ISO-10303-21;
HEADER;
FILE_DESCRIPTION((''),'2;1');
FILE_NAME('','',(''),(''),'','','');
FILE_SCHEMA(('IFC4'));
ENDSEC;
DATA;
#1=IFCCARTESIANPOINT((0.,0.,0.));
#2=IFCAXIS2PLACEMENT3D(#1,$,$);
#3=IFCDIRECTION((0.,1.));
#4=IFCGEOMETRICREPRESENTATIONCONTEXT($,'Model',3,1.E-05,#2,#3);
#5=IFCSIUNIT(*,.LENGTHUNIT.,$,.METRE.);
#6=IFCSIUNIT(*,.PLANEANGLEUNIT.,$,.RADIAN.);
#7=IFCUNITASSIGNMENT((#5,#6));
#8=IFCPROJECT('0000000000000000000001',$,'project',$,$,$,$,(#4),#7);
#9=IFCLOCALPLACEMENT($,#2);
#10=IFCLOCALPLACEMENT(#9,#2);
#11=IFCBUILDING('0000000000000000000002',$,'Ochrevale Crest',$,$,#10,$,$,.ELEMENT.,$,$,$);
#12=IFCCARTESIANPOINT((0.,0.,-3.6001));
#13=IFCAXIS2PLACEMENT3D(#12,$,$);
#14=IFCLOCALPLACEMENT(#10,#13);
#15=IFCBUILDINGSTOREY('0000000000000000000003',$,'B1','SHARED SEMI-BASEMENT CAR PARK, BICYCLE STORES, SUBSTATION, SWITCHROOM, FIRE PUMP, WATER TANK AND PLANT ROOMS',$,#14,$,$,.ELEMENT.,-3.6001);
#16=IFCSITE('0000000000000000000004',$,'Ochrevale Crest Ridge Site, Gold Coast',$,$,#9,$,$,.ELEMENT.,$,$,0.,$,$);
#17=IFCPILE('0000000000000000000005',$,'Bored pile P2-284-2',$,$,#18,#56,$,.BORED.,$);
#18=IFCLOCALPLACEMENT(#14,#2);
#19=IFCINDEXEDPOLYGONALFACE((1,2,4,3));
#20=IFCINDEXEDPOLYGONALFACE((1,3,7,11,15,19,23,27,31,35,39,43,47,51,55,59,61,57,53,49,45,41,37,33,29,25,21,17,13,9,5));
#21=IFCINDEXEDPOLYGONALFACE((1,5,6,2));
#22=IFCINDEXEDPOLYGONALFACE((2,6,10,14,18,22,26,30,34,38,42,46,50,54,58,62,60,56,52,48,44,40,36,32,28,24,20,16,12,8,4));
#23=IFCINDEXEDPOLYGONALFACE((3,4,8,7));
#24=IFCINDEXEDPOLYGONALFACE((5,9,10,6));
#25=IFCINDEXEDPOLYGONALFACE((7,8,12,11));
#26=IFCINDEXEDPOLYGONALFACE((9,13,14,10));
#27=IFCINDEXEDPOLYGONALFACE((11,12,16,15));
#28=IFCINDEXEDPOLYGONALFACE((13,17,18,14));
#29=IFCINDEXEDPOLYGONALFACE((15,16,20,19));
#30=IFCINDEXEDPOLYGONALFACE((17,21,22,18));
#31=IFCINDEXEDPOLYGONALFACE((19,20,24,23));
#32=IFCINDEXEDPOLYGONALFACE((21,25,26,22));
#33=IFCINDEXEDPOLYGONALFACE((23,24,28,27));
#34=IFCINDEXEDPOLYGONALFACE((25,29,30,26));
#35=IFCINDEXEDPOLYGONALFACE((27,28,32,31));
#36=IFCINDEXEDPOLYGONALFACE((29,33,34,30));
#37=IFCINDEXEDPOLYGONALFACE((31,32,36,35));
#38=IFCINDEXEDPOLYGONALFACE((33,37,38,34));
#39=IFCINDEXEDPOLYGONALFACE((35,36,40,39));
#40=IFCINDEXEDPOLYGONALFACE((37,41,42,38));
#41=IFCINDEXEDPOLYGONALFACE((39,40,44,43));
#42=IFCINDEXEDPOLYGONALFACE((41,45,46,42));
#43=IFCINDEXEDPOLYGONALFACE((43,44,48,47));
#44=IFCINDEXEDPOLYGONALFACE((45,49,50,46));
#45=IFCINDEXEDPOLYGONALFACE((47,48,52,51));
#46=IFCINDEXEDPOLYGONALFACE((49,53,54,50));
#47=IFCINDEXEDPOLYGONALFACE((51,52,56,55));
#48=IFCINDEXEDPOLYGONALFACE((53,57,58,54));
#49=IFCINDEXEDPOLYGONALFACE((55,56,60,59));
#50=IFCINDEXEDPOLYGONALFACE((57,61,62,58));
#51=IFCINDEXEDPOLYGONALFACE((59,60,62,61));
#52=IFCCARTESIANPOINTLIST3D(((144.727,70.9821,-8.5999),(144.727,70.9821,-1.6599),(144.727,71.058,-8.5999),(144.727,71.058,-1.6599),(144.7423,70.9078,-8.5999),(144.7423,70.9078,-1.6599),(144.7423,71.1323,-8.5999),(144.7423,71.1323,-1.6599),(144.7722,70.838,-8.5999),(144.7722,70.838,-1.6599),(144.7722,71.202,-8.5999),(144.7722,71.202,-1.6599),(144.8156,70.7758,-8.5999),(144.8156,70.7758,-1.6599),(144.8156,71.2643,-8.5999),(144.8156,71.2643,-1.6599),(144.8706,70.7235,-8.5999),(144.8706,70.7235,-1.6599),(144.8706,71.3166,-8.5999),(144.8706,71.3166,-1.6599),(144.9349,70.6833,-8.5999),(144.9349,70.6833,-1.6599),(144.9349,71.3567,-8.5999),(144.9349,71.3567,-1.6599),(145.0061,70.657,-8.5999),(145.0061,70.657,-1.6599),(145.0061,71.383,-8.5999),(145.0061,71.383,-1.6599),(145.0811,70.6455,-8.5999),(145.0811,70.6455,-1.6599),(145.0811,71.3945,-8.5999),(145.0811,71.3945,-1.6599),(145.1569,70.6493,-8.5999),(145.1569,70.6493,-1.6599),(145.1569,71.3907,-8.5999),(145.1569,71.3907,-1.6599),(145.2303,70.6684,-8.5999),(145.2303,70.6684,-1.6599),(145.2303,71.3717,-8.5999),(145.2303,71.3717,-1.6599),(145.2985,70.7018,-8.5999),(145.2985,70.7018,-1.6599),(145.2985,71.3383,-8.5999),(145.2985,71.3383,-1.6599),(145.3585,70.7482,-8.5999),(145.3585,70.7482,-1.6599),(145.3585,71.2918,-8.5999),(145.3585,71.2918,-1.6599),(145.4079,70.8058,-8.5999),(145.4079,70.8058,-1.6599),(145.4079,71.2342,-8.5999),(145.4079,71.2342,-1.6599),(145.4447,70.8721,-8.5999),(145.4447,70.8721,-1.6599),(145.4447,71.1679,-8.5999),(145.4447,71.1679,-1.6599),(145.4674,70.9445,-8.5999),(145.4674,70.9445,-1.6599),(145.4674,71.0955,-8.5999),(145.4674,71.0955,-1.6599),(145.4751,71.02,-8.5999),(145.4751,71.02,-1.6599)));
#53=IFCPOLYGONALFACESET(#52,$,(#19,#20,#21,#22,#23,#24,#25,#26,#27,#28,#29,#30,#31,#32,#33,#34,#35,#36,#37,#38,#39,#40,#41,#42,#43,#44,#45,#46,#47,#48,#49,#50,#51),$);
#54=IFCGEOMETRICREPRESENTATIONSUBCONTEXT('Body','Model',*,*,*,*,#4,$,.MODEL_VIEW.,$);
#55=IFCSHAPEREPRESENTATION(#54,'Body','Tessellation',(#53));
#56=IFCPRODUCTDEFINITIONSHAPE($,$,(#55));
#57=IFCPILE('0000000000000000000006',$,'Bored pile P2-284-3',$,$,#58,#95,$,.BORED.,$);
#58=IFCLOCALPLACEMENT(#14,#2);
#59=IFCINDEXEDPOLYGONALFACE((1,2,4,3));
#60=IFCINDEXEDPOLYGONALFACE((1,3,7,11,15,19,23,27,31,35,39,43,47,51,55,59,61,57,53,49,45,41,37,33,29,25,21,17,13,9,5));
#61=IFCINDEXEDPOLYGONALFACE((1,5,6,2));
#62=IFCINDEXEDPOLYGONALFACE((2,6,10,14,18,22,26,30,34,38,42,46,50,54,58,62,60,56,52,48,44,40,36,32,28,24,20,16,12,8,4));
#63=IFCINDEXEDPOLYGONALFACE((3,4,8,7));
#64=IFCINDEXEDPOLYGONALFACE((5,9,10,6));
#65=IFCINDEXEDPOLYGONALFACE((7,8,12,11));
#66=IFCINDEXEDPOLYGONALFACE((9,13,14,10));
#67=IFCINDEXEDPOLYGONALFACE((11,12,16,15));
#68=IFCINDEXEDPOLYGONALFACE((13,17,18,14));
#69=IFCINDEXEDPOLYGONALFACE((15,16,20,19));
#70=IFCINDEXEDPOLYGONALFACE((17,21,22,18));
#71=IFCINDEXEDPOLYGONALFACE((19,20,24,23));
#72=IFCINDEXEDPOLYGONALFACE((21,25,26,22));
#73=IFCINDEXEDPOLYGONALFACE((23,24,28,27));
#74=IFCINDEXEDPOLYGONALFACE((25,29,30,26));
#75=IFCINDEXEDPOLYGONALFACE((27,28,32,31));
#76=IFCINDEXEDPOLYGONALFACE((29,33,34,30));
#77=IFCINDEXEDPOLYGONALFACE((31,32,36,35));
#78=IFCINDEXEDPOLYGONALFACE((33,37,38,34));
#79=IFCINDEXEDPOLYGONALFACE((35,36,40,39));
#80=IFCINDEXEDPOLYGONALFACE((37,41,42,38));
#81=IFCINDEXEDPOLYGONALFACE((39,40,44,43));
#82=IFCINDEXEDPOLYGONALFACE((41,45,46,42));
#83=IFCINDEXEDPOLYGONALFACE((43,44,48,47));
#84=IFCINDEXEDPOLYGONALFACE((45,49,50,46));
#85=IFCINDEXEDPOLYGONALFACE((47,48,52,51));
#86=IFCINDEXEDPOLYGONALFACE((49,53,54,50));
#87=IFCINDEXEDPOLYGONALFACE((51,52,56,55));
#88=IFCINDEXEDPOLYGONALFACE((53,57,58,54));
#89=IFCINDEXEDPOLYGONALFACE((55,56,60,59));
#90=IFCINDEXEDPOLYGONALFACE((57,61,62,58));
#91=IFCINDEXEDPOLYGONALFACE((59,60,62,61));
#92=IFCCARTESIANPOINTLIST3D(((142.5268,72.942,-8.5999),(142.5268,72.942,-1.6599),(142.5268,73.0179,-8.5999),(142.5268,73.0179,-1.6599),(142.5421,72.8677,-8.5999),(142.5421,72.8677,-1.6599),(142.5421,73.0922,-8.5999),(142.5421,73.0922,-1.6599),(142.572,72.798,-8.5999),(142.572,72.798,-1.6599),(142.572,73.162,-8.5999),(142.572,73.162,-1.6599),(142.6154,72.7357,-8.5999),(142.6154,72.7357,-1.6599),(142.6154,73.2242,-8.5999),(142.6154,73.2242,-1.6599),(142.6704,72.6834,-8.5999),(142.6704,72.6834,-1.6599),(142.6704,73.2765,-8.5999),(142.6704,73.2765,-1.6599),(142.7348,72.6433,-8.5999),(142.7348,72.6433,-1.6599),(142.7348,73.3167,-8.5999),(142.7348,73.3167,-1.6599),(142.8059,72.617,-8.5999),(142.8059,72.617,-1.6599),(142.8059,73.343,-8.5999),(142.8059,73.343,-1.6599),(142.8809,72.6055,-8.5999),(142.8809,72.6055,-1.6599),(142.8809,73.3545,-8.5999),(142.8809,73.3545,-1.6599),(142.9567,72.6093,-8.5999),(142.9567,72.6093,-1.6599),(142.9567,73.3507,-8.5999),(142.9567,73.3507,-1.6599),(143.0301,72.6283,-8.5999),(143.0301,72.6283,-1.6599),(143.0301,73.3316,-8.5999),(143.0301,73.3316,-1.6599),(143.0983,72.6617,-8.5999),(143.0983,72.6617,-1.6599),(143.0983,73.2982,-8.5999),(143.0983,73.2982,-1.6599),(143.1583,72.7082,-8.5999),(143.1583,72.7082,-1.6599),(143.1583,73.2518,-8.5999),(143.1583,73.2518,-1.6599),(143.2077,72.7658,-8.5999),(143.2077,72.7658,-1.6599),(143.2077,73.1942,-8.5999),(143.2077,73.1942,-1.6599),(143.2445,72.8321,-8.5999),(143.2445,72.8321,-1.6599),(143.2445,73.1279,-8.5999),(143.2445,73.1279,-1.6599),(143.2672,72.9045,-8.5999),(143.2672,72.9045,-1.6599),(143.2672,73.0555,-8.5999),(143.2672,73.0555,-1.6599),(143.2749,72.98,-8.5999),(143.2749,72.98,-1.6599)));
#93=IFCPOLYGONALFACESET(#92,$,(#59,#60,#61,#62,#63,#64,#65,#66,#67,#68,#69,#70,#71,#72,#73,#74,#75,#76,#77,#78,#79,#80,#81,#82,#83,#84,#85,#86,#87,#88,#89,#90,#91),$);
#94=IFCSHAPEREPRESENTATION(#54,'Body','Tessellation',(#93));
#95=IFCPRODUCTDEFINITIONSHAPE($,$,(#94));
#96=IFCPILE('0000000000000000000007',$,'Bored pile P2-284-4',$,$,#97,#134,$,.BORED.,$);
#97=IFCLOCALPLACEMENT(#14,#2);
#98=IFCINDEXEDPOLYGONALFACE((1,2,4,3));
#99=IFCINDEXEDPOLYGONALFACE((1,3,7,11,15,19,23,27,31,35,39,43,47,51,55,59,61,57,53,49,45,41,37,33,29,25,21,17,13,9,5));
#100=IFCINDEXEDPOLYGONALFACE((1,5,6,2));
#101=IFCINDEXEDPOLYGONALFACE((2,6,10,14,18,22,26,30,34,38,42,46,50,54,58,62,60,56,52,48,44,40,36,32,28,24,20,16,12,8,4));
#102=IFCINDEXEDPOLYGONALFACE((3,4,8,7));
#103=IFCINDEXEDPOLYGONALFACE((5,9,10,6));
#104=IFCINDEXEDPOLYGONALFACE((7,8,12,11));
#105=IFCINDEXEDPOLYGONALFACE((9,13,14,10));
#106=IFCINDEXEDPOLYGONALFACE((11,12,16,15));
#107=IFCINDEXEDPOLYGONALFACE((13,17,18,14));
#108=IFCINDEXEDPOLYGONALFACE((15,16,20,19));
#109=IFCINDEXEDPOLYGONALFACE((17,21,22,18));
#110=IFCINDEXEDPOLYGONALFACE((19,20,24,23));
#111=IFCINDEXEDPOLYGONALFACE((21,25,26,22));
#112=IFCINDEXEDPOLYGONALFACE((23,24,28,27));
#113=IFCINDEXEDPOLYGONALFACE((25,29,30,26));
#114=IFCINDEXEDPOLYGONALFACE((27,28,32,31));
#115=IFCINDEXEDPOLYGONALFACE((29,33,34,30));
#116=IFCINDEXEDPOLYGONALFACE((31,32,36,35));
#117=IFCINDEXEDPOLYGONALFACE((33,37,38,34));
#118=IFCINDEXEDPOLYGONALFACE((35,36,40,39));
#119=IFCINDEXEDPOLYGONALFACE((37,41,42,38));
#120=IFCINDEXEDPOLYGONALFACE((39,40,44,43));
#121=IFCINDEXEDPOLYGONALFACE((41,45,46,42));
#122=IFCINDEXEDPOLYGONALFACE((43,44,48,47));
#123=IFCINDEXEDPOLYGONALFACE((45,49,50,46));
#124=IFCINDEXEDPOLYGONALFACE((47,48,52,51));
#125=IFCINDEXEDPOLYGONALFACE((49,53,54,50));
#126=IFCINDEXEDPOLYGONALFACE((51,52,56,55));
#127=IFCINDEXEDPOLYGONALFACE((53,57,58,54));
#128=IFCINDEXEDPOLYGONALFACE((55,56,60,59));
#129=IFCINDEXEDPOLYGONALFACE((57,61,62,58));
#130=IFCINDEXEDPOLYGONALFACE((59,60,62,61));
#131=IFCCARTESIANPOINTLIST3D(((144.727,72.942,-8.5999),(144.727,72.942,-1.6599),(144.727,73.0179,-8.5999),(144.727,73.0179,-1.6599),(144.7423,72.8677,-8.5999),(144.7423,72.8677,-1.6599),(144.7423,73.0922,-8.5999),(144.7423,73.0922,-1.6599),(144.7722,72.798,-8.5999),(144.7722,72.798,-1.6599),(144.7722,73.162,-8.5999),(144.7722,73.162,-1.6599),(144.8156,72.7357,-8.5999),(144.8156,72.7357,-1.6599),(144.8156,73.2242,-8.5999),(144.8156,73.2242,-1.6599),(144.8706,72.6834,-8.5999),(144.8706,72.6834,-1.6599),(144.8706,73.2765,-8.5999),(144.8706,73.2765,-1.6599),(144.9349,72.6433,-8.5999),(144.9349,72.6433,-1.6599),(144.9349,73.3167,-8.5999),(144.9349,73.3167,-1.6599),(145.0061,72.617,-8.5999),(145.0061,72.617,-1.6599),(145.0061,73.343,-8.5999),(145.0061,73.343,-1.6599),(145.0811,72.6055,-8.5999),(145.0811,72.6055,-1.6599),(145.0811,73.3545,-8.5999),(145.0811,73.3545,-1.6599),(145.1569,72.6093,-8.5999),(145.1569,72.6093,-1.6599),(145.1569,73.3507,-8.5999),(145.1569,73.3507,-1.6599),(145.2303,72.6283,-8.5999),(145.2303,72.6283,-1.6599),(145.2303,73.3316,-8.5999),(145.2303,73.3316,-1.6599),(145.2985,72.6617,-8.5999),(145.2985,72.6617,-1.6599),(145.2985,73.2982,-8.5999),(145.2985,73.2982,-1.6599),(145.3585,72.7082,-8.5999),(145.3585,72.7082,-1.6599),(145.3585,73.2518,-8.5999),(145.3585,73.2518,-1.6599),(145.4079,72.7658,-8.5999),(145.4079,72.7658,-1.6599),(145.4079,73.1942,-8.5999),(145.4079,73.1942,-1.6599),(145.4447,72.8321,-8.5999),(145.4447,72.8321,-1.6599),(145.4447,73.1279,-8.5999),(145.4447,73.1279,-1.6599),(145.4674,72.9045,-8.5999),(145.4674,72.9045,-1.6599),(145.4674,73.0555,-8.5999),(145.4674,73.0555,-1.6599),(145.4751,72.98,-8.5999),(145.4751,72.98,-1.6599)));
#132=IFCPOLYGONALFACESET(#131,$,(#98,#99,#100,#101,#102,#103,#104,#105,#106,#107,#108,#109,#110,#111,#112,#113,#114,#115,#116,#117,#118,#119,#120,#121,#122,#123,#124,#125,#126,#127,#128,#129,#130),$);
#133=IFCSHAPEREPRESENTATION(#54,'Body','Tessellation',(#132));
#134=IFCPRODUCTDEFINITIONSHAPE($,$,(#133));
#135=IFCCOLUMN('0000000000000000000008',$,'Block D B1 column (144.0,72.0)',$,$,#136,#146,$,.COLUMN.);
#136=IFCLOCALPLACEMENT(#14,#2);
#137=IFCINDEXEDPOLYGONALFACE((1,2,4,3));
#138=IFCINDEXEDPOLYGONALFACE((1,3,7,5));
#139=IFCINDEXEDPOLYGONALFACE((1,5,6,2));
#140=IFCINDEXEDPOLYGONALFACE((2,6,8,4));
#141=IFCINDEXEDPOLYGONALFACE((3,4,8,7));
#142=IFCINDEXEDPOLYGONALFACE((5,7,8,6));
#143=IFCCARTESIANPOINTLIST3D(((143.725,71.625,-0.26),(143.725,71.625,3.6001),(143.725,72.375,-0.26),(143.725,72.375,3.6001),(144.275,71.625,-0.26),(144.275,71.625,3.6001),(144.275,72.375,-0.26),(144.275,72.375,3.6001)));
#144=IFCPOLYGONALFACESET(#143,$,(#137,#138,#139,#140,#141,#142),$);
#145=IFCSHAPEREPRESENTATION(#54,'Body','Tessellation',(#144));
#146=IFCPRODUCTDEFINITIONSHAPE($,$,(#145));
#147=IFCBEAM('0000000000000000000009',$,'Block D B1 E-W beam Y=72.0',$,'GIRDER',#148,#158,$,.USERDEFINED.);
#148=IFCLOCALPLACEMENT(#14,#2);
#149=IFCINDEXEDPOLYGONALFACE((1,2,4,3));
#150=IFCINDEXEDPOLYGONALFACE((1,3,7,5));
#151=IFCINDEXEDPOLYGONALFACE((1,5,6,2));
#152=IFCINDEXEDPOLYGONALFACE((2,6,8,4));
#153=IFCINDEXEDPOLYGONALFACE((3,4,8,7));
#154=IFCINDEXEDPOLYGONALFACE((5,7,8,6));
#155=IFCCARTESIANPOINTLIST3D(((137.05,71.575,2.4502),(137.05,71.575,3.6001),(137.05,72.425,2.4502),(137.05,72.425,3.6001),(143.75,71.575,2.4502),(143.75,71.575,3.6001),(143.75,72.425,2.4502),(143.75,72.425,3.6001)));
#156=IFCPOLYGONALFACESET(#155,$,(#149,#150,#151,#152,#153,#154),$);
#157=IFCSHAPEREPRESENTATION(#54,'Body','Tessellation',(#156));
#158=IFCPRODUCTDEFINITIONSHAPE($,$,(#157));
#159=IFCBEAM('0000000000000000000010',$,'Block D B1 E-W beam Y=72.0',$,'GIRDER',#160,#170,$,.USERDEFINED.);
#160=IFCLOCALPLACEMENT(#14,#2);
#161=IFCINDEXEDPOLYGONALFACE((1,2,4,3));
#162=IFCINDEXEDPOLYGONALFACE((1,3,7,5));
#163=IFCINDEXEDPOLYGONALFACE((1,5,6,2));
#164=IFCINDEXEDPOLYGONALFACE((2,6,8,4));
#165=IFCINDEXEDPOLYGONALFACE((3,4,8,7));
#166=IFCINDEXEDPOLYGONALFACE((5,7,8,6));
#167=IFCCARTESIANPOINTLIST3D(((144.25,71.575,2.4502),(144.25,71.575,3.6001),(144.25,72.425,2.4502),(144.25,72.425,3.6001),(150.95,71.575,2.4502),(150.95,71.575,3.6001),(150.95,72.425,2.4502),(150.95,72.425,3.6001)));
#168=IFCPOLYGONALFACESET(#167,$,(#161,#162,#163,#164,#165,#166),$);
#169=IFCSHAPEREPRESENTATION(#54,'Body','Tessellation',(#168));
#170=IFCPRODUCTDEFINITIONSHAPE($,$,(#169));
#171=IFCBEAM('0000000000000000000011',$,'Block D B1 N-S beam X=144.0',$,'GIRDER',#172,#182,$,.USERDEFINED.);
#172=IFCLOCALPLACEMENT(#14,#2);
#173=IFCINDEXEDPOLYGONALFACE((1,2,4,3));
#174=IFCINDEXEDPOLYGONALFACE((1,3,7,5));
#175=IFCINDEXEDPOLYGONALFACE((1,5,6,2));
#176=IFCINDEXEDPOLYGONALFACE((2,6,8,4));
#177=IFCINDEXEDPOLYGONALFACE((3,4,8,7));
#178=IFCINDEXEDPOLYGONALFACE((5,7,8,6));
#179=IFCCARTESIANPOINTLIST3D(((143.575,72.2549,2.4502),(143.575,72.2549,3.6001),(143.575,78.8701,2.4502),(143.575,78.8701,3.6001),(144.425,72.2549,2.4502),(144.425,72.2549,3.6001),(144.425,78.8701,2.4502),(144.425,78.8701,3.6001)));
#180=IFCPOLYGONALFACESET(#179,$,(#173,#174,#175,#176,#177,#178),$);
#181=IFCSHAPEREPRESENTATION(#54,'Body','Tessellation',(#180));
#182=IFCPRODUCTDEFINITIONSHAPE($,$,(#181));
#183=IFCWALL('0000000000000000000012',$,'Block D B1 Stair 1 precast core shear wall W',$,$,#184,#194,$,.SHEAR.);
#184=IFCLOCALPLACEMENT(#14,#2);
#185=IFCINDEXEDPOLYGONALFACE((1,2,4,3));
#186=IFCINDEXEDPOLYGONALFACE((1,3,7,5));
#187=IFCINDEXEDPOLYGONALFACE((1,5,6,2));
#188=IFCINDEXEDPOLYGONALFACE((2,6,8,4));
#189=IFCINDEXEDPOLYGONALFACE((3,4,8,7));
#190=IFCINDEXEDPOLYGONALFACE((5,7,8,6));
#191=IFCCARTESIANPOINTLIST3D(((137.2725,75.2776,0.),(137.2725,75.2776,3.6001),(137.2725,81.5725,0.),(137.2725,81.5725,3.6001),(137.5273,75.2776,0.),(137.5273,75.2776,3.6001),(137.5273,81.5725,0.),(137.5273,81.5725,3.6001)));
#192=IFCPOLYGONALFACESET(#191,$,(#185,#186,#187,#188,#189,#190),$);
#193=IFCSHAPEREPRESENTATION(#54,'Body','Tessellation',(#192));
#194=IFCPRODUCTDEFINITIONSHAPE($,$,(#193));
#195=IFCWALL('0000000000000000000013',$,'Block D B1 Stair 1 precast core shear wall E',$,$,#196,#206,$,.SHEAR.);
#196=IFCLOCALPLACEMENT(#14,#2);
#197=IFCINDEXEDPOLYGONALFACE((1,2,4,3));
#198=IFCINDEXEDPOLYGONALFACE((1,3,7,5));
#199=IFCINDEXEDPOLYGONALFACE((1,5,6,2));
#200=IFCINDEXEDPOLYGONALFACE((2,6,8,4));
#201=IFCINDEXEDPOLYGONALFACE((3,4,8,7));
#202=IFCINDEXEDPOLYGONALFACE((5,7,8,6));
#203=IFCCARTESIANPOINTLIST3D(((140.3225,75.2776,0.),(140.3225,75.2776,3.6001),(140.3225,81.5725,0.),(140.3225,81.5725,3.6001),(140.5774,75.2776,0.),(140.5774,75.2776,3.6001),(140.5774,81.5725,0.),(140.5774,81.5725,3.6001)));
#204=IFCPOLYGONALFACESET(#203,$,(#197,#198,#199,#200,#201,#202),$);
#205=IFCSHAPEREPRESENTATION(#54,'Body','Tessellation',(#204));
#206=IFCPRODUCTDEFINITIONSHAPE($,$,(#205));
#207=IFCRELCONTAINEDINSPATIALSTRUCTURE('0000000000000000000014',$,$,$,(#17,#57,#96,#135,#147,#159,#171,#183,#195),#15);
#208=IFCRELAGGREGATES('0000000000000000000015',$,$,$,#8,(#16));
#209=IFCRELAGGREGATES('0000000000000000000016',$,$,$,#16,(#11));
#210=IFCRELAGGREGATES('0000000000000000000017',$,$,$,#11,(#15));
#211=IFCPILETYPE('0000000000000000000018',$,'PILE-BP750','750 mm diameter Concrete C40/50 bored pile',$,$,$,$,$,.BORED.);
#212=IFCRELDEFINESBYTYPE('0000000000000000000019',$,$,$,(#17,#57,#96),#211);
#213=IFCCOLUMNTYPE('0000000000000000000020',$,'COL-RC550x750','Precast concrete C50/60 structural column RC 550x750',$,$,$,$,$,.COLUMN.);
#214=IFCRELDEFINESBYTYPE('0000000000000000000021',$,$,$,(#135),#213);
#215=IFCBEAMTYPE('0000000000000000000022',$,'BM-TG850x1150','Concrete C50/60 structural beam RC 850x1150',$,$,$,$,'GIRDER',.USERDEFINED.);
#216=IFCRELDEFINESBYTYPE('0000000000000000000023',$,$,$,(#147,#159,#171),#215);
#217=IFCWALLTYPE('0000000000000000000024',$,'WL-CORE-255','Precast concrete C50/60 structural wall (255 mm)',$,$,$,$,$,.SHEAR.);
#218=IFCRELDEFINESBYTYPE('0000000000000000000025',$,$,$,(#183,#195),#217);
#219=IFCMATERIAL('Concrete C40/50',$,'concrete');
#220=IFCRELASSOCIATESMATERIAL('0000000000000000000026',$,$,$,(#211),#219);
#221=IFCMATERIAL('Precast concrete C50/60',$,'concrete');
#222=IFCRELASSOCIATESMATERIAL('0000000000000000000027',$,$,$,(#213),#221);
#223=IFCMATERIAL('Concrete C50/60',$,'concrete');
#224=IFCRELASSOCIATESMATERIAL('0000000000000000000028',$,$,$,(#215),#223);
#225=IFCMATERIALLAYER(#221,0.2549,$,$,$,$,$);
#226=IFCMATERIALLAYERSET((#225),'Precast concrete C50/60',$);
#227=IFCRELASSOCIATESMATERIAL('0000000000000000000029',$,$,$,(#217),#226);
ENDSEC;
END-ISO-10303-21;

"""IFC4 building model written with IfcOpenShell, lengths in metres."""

from ifc_helpers import new_model, si_unit, direction, frame, frame_2d, origin, origin_2d, place, context, subcontext, project, spatial, rectangle, circle, extrude, material, layer, layer_set, material_profile, profile_set, type_object, element, save


model = new_model("IFC4")

# Units and contexts
model_context = context("Model", 3, precision=1e-05, world=origin(), true_north=direction((0.0, 1.0)))
body_context = subcontext(model_context, "Body", "Model", "MODEL_VIEW")
ifc_project = project(units=[si_unit("LENGTHUNIT", "METRE"), si_unit("PLANEANGLEUNIT", "RADIAN")], contexts=[model_context])

# Site, building, storey
site_placement = place(None, origin())
site = spatial("IfcSite", under=ifc_project, at=site_placement, Name="Ochrevale Crest Ridge Site, Gold Coast", CompositionType="ELEMENT", RefElevation=0.0)
building_placement = place(site_placement, origin())
building = spatial("IfcBuilding", under=site, at=building_placement, Name="Ochrevale Crest", CompositionType="ELEMENT")
storey_placement = place(building_placement, frame((0.0, 0.0, -3.6001)))
storey = spatial("IfcBuildingStorey", under=building, at=storey_placement, Name="B1", Description="SHARED SEMI-BASEMENT CAR PARK, BICYCLE STORES, SUBSTATION, SWITCHROOM, FIRE PUMP, WATER TANK AND PLANT ROOMS", CompositionType="ELEMENT", Elevation=-3.6001)

# Shared definitions
ifc_material_1 = material(Name="Concrete C40/50", Category="concrete")

# Piles
ifc_material_profile_1 = material_profile(ifc_material_1, circle(Radius=0.375, at=origin_2d()), Name="BORED PILE 750")
ifc_profile_set_1 = profile_set([ifc_material_profile_1], Name="Concrete C40/50")
pile_type_1 = type_object("IfcPileType", Name="PILE-BP750", Description="750 mm diameter Concrete C40/50 bored pile", PredefinedType="BORED", material=ifc_profile_set_1)
for number, where, z_axis, x_axis, name in (
    (1, (145.1001, 71.02, -1.6599), (0.0, 0.0, -1.0), (1.0, 0.0, 0.0), "Bored pile P2-284-2"),
    (2, (142.8999, 72.98, -1.6599), (0.0, 0.0, -1.0), (1.0, 0.0, 0.0), "Bored pile P2-284-3"),
    (3, (145.1001, 72.98, -1.6599), (0.0, 0.0, -1.0), (1.0, 0.0, 0.0), "Bored pile P2-284-4"),
):
    element("IfcPile", number, at=place(storey_placement, frame(where, z_axis=z_axis, x_axis=x_axis)), inside=storey, type_object=pile_type_1, Name=name, PredefinedType="BORED", context=body_context, shape_type="SweptSolid", body=[
        extrude(circle(Radius=0.375, at=origin_2d()), origin(), (0.0, 0.0, 1.0), 6.9399),
    ])

# Column
ifc_material_2 = material(Name="Precast concrete C50/60", Category="concrete")
ifc_material_profile_2 = material_profile(ifc_material_2, rectangle(XDim=0.55, YDim=0.75, at=origin_2d()), Name="RC 550x750")
ifc_profile_set_2 = profile_set([ifc_material_profile_2], Name="Precast concrete C50/60")
column_type = type_object("IfcColumnType", Name="COL-RC550x750", Description="Precast concrete C50/60 structural column RC 550x750", PredefinedType="COLUMN", material=ifc_profile_set_2)
column_placement = place(storey_placement, frame((144.0, 72.0, -0.26), z_axis=(0.0, 0.0, 1.0), x_axis=(1.0, 0.0, 0.0)))
element("IfcColumn", 4, at=column_placement, inside=storey, type_object=column_type, Name="Block D B1 column (144.0,72.0)", PredefinedType="COLUMN", context=body_context, shape_type="SweptSolid", body=[
    extrude(rectangle(XDim=0.55, YDim=0.75, at=origin_2d()), origin(), (0.0, 0.0, 1.0), 3.8601),
])

# Beams
ifc_material_3 = material(Name="Concrete C50/60", Category="concrete")
ifc_material_profile_3 = material_profile(ifc_material_3, rectangle(XDim=0.8501, YDim=1.1499, at=origin_2d()), Name="RC 850x1150")
ifc_profile_set_3 = profile_set([ifc_material_profile_3], Name="Concrete C50/60")
beam_type = type_object("IfcBeamType", Name="BM-TG850x1150", Description="Concrete C50/60 structural beam RC 850x1150", ElementType="GIRDER", PredefinedType="USERDEFINED", material=ifc_profile_set_3)
for number, where, z_axis, x_axis, name in (
    (5, (137.05, 72.0, 3.0251), (1.0, 0.0, 0.0), (0.0, 1.0, 0.0), "Block D B1 E-W beam Y=72.0"),
    (6, (144.25, 72.0, 3.0251), (1.0, 0.0, 0.0), (0.0, 1.0, 0.0), "Block D B1 E-W beam Y=72.0"),
):
    element("IfcBeam", number, at=place(storey_placement, frame(where, z_axis=z_axis, x_axis=x_axis)), inside=storey, type_object=beam_type, Name=name, ObjectType="GIRDER", PredefinedType="USERDEFINED", context=body_context, shape_type="SweptSolid", body=[
        extrude(rectangle(XDim=0.8501, YDim=1.1499, at=origin_2d()), origin(), (0.0, 0.0, 1.0), 6.7),
    ])
beam_placement = place(storey_placement, frame((144.0, 72.2549, 3.0251), z_axis=(0.0, 1.0, 0.0), x_axis=(-1.0, 0.0, 0.0)))
element("IfcBeam", 7, at=beam_placement, inside=storey, type_object=beam_type, Name="Block D B1 N-S beam X=144.0", ObjectType="GIRDER", PredefinedType="USERDEFINED", context=body_context, shape_type="SweptSolid", body=[
    extrude(rectangle(XDim=0.8501, YDim=1.1499, at=origin_2d()), origin(), (0.0, 0.0, 1.0), 6.6152),
])

# Walls
ifc_layer = layer(ifc_material_2, 0.2549)
ifc_layer_set = layer_set([ifc_layer], Name="Precast concrete C50/60")
wall_type = type_object("IfcWallType", Name="WL-CORE-255", Description="Precast concrete C50/60 structural wall (255 mm)", PredefinedType="SHEAR", material=ifc_layer_set)
for number, where, z_axis, x_axis, name in (
    (8, (137.3999, 75.2776, 0.0), (0.0, 0.0, 1.0), (0.0, 1.0, 0.0), "Block D B1 Stair 1 precast core shear wall W"),
    (9, (140.45, 75.2776, 0.0), (0.0, 0.0, 1.0), (0.0, 1.0, 0.0), "Block D B1 Stair 1 precast core shear wall E"),
):
    element("IfcWall", number, at=place(storey_placement, frame(where, z_axis=z_axis, x_axis=x_axis)), inside=storey, type_object=wall_type, Name=name, PredefinedType="SHEAR", context=body_context, shape_type="SweptSolid", body=[
        extrude(rectangle(XDim=6.2949, YDim=0.2549, at=frame_2d((3.1475, 0.0))), origin(), (0.0, 0.0, 1.0), 3.6001),
    ])

save(model, "model.ifc")
